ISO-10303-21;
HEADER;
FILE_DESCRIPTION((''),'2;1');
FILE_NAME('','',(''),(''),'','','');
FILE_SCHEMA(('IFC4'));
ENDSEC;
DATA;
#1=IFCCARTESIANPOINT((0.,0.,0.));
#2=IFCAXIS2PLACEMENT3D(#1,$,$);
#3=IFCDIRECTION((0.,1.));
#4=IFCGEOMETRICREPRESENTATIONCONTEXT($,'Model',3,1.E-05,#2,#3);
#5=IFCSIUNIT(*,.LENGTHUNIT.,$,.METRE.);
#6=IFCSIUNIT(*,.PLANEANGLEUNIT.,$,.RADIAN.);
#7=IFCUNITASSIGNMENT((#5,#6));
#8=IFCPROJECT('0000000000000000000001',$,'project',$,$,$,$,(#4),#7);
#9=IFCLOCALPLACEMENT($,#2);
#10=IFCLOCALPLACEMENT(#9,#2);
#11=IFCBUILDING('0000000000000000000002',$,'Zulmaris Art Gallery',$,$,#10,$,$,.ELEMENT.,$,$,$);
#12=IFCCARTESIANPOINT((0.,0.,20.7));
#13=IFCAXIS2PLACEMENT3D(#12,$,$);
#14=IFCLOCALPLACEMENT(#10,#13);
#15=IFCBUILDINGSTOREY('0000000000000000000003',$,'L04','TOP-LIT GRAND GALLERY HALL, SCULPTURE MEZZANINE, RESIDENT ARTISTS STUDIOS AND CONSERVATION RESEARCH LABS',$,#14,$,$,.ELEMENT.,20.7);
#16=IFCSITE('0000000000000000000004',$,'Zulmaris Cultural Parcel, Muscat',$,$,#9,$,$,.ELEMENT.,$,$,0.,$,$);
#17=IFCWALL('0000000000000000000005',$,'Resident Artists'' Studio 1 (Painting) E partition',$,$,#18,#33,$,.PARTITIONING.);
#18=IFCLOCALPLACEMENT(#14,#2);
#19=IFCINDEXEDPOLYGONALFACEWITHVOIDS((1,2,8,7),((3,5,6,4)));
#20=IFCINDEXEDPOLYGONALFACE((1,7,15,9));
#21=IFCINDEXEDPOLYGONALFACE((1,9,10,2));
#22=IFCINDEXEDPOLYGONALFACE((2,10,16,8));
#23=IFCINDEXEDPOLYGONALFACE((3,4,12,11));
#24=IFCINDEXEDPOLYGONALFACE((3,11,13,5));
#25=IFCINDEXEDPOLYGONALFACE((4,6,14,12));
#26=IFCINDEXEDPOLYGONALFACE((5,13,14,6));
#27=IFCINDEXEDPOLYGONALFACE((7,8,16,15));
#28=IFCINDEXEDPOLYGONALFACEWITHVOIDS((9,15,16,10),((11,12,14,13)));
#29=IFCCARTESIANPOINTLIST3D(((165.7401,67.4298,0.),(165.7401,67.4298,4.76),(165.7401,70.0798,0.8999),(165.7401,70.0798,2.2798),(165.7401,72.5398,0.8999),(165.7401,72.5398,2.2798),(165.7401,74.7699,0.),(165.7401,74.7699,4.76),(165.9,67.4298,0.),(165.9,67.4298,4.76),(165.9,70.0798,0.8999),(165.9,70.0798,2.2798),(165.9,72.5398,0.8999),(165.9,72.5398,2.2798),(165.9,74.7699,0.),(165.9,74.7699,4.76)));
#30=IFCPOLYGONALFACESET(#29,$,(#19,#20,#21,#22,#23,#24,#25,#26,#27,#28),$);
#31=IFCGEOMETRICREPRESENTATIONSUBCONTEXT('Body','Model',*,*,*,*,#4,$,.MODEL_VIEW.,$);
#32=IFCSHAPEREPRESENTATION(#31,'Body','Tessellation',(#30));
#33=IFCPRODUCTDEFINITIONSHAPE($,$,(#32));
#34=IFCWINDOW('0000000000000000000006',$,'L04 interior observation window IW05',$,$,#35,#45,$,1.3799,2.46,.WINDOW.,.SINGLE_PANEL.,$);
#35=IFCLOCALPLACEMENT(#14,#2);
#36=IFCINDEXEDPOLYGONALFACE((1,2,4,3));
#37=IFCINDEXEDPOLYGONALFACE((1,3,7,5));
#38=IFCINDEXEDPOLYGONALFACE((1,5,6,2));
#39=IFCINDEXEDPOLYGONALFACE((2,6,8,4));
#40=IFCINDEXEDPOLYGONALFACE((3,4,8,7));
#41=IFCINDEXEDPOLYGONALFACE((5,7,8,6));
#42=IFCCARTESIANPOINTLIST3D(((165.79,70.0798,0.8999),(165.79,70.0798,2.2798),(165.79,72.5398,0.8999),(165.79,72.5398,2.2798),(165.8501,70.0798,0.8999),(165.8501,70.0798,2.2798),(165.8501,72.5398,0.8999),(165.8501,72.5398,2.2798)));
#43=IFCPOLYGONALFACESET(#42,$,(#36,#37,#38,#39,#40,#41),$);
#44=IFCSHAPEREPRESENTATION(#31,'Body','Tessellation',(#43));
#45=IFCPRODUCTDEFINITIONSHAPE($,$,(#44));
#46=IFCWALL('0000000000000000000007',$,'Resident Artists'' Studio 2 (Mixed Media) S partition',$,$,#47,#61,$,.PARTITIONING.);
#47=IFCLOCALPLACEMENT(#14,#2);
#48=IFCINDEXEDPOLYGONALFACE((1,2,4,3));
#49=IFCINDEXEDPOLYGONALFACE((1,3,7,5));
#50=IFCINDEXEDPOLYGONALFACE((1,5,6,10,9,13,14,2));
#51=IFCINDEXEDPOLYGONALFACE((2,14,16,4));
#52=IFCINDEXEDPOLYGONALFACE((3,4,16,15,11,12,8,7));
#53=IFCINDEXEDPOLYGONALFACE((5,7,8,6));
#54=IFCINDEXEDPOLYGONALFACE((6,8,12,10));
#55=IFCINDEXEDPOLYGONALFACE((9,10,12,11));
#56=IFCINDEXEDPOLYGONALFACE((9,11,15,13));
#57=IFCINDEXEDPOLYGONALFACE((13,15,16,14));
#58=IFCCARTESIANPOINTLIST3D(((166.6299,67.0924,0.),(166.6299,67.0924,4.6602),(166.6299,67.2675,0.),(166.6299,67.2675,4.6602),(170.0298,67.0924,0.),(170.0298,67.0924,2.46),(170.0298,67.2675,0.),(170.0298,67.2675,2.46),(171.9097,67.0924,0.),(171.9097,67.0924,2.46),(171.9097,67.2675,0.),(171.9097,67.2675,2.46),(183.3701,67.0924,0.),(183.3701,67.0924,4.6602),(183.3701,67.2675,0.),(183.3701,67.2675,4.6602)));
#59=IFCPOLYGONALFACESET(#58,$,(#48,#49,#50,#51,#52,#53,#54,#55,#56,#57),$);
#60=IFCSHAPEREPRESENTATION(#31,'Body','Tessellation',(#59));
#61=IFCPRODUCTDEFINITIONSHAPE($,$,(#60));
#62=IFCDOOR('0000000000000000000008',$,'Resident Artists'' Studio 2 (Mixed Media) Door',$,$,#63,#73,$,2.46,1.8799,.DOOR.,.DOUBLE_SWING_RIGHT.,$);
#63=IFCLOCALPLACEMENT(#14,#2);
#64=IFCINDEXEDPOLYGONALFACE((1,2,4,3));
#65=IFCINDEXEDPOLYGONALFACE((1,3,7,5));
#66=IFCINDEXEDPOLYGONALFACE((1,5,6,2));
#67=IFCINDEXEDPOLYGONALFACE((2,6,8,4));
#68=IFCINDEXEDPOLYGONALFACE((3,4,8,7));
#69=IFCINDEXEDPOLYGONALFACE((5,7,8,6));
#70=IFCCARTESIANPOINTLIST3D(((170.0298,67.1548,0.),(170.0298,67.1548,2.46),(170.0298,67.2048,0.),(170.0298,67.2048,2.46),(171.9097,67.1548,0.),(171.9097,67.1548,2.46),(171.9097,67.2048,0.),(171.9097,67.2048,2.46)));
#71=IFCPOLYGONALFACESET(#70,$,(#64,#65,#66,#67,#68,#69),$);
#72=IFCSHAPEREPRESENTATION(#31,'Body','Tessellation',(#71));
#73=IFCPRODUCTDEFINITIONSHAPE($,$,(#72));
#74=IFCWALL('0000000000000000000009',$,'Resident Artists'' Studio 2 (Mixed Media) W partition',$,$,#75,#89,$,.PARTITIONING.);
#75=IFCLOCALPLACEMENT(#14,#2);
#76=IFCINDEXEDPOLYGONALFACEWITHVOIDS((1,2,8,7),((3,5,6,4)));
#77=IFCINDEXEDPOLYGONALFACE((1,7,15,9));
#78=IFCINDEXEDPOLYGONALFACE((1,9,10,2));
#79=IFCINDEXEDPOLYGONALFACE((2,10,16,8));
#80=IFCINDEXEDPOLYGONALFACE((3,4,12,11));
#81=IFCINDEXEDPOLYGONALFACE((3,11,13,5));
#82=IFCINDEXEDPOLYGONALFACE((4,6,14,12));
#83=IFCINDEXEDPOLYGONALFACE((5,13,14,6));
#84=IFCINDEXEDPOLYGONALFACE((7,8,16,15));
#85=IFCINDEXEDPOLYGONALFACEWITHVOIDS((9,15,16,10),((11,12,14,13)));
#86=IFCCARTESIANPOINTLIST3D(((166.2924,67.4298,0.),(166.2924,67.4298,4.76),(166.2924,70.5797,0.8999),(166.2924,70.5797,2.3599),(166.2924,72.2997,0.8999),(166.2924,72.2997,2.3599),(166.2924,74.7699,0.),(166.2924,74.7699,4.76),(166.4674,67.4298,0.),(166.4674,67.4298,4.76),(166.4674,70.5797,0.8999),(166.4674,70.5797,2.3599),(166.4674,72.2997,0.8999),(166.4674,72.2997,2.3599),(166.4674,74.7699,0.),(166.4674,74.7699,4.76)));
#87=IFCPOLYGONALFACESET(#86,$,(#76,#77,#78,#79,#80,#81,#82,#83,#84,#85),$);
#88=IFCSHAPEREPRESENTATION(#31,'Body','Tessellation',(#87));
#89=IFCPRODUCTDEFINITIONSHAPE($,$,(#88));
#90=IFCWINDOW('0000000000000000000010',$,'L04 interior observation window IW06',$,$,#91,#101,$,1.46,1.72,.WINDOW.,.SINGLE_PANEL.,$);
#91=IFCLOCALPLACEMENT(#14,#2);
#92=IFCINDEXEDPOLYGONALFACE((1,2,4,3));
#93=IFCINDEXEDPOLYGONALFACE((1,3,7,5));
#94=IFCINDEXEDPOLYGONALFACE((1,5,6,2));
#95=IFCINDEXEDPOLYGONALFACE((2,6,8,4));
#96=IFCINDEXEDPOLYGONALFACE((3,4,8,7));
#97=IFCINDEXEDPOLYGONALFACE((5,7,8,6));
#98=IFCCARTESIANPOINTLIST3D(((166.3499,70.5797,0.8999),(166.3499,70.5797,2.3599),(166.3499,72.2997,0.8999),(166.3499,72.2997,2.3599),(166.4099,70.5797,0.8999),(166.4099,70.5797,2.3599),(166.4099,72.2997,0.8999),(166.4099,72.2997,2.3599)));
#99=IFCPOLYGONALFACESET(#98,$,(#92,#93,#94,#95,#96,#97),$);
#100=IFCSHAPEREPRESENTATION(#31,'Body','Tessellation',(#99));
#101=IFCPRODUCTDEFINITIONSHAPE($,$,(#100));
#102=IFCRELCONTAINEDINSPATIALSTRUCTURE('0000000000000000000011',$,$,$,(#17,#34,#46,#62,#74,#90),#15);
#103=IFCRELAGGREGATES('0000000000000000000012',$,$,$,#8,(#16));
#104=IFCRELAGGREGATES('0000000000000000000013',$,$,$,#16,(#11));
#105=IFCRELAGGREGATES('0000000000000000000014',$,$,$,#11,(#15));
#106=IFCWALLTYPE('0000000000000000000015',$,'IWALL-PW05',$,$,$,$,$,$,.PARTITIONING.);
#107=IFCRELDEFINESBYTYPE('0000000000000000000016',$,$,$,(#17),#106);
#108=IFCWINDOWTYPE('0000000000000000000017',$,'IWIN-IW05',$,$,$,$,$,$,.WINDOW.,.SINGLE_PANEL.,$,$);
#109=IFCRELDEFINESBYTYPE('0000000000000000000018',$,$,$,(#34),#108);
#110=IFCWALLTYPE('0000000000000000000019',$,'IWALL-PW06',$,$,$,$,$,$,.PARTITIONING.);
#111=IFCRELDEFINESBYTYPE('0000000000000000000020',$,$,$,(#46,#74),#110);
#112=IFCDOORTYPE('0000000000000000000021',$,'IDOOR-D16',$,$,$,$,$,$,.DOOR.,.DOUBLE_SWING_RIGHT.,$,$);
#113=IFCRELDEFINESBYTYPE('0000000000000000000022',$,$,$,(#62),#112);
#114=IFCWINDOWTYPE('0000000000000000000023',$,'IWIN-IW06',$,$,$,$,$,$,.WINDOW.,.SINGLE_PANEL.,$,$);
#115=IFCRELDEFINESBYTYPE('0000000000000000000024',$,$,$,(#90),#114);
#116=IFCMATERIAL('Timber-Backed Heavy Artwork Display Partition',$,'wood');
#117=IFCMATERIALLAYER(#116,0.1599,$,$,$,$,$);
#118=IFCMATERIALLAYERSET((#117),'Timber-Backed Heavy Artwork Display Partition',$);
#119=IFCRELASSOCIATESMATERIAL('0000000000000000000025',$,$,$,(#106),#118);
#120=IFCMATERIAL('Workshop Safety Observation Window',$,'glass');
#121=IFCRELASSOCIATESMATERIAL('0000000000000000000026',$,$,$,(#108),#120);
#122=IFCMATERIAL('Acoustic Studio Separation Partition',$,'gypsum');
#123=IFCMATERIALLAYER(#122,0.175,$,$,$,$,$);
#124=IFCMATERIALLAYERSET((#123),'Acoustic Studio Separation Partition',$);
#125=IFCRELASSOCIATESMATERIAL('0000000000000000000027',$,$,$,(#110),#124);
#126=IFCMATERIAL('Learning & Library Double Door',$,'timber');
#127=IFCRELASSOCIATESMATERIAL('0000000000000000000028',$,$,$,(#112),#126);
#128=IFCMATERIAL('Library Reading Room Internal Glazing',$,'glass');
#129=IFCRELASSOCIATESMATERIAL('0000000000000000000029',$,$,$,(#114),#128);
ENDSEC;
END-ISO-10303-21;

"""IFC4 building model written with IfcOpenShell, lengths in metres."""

from ifc_helpers import new_model, si_unit, direction, frame, frame_2d, origin, place, context, subcontext, project, spatial, rectangle, extrude, material, layer, layer_set, type_object, element, fill, save


model = new_model("IFC4")

# Units and contexts
model_context = context("Model", 3, precision=1e-05, world=origin(), true_north=direction((0.0, 1.0)))
body_context = subcontext(model_context, "Body", "Model", "MODEL_VIEW")
ifc_project = project(units=[si_unit("LENGTHUNIT", "METRE"), si_unit("PLANEANGLEUNIT", "RADIAN")], contexts=[model_context])

# Site, building, storey
site_placement = place(None, origin())
site = spatial("IfcSite", under=ifc_project, at=site_placement, Name="Zulmaris Cultural Parcel, Muscat", CompositionType="ELEMENT", RefElevation=0.0)
building_placement = place(site_placement, origin())
building = spatial("IfcBuilding", under=site, at=building_placement, Name="Zulmaris Art Gallery", CompositionType="ELEMENT")
storey_placement = place(building_placement, frame((0.0, 0.0, 20.7)))
storey = spatial("IfcBuildingStorey", under=building, at=storey_placement, Name="L04", Description="TOP-LIT GRAND GALLERY HALL, SCULPTURE MEZZANINE, RESIDENT ARTISTS STUDIOS AND CONSERVATION RESEARCH LABS", CompositionType="ELEMENT", Elevation=20.7)

# Wall, opening, window
ifc_material_1 = material(Name="Timber-Backed Heavy Artwork Display Partition", Category="wood")
ifc_layer_1 = layer(ifc_material_1, 0.1599)
ifc_layer_set_1 = layer_set([ifc_layer_1], Name="Timber-Backed Heavy Artwork Display Partition")
wall_type_1 = type_object("IfcWallType", Name="IWALL-PW05", PredefinedType="PARTITIONING", material=ifc_layer_set_1)
wall_1_placement = place(storey_placement, frame((165.8201, 67.4299, 0.0), z_axis=(0.0, 0.0, 1.0), x_axis=(0.0, 1.0, 0.0)))
wall_1 = element("IfcWall", 1, at=wall_1_placement, inside=storey, type_object=wall_type_1, Name="Resident Artists' Studio 1 (Painting) E partition", PredefinedType="PARTITIONING", context=body_context, shape_type="SweptSolid", body=[
    extrude(rectangle(XDim=7.3401, YDim=0.1599, at=frame_2d((3.6699, 0.0))), origin(), (0.0, 0.0, 1.0), 4.76),
])
opening_1_placement = place(wall_1_placement, frame((2.6499, 0.0, 0.8999)))
opening_1 = element("IfcOpeningElement", 2, at=opening_1_placement, cuts=wall_1, PredefinedType="OPENING", context=body_context, shape_type="SweptSolid", body=[
    extrude(rectangle(XDim=2.46, YDim=1.3799, at=frame_2d((1.23, 0.6899))), frame((0.0, 0.0898, 0.0), z_axis=(0.0, -1.0, 0.0), x_axis=(1.0, 0.0, 0.0)), (0.0, 0.0, 1.0), 0.1799),
])
ifc_material_2 = material(Name="Workshop Safety Observation Window", Category="glass")
window_type_1 = type_object("IfcWindowType", Name="IWIN-IW05", PartitioningType="SINGLE_PANEL", PredefinedType="WINDOW", material=ifc_material_2)
window_1_placement = place(opening_1_placement, origin())
window_1 = element("IfcWindow", 3, at=window_1_placement, inside=storey, type_object=window_type_1, Name="L04 interior observation window IW05", OverallHeight=1.3799, OverallWidth=2.46, PartitioningType="SINGLE_PANEL", PredefinedType="WINDOW", context=body_context, shape_type="SweptSolid", body=[
    extrude(rectangle(XDim=2.46, YDim=1.3799, at=frame_2d((1.23, 0.6899))), frame((0.0, 0.03, 0.0), z_axis=(0.0, -1.0, 0.0), x_axis=(1.0, 0.0, 0.0)), (0.0, 0.0, 1.0), 0.0601),
])
fill(opening_1, window_1)

# Wall, opening, door
ifc_material_3 = material(Name="Acoustic Studio Separation Partition", Category="gypsum")
ifc_layer_2 = layer(ifc_material_3, 0.175)
ifc_layer_set_2 = layer_set([ifc_layer_2], Name="Acoustic Studio Separation Partition")
wall_type_2 = type_object("IfcWallType", Name="IWALL-PW06", PredefinedType="PARTITIONING", material=ifc_layer_set_2)
wall_2_placement = place(storey_placement, frame((166.6299, 67.1799, 0.0), z_axis=(0.0, 0.0, 1.0), x_axis=(1.0, 0.0, 0.0)))
wall_2 = element("IfcWall", 4, at=wall_2_placement, inside=storey, type_object=wall_type_2, Name="Resident Artists' Studio 2 (Mixed Media) S partition", PredefinedType="PARTITIONING", context=body_context, shape_type="SweptSolid", body=[
    extrude(rectangle(XDim=16.7402, YDim=0.175, at=frame_2d((8.3701, 0.0))), origin(), (0.0, 0.0, 1.0), 4.6602),
])
opening_2_placement = place(wall_2_placement, frame((3.3999, 0.0, 0.0)))
opening_2 = element("IfcOpeningElement", 5, at=opening_2_placement, cuts=wall_2, PredefinedType="OPENING", context=body_context, shape_type="SweptSolid", body=[
    extrude(rectangle(XDim=1.8799, YDim=2.46, at=frame_2d((0.9399, 1.23))), frame((0.0, 0.0974, 0.0), z_axis=(0.0, -1.0, 0.0), x_axis=(1.0, 0.0, 0.0)), (0.0, 0.0, 1.0), 0.1951),
])
ifc_material_4 = material(Name="Learning & Library Double Door", Category="timber")
door_type = type_object("IfcDoorType", Name="IDOOR-D16", OperationType="DOUBLE_SWING_RIGHT", PredefinedType="DOOR", material=ifc_material_4)
door_placement = place(opening_2_placement, origin())
door = element("IfcDoor", 6, at=door_placement, inside=storey, type_object=door_type, Name="Resident Artists' Studio 2 (Mixed Media) Door", OperationType="DOUBLE_SWING_RIGHT", OverallHeight=2.46, OverallWidth=1.8799, PredefinedType="DOOR", context=body_context, shape_type="SweptSolid", body=[
    extrude(rectangle(XDim=1.8799, YDim=2.46, at=frame_2d((0.9399, 1.23))), frame((0.0, 0.0249, 0.0), z_axis=(0.0, -1.0, 0.0), x_axis=(1.0, 0.0, 0.0)), (0.0, 0.0, 1.0), 0.05),
])
fill(opening_2, door)

# Wall, opening, window
wall_3_placement = place(storey_placement, frame((166.3799, 67.4299, 0.0), z_axis=(0.0, 0.0, 1.0), x_axis=(0.0, 1.0, 0.0)))
wall_3 = element("IfcWall", 7, at=wall_3_placement, inside=storey, type_object=wall_type_2, Name="Resident Artists' Studio 2 (Mixed Media) W partition", PredefinedType="PARTITIONING", context=body_context, shape_type="SweptSolid", body=[
    extrude(rectangle(XDim=7.3401, YDim=0.175, at=frame_2d((3.6699, 0.0))), origin(), (0.0, 0.0, 1.0), 4.76),
])
opening_3_placement = place(wall_3_placement, frame((3.1499, 0.0, 0.8999)))
opening_3 = element("IfcOpeningElement", 8, at=opening_3_placement, cuts=wall_3, PredefinedType="OPENING", context=body_context, shape_type="SweptSolid", body=[
    extrude(rectangle(XDim=1.72, YDim=1.46, at=frame_2d((0.8599, 0.73))), frame((0.0, 0.0974, 0.0), z_axis=(0.0, -1.0, 0.0), x_axis=(1.0, 0.0, 0.0)), (0.0, 0.0, 1.0), 0.1951),
])
ifc_material_5 = material(Name="Library Reading Room Internal Glazing", Category="glass")
window_type_2 = type_object("IfcWindowType", Name="IWIN-IW06", PartitioningType="SINGLE_PANEL", PredefinedType="WINDOW", material=ifc_material_5)
window_2_placement = place(opening_3_placement, origin())
window_2 = element("IfcWindow", 9, at=window_2_placement, inside=storey, type_object=window_type_2, Name="L04 interior observation window IW06", OverallHeight=1.46, OverallWidth=1.72, PartitioningType="SINGLE_PANEL", PredefinedType="WINDOW", context=body_context, shape_type="SweptSolid", body=[
    extrude(rectangle(XDim=1.72, YDim=1.46, at=frame_2d((0.8599, 0.73))), frame((0.0, 0.03, 0.0), z_axis=(0.0, -1.0, 0.0), x_axis=(1.0, 0.0, 0.0)), (0.0, 0.0, 1.0), 0.0601),
])
fill(opening_3, window_2)

save(model, "model.ifc")
